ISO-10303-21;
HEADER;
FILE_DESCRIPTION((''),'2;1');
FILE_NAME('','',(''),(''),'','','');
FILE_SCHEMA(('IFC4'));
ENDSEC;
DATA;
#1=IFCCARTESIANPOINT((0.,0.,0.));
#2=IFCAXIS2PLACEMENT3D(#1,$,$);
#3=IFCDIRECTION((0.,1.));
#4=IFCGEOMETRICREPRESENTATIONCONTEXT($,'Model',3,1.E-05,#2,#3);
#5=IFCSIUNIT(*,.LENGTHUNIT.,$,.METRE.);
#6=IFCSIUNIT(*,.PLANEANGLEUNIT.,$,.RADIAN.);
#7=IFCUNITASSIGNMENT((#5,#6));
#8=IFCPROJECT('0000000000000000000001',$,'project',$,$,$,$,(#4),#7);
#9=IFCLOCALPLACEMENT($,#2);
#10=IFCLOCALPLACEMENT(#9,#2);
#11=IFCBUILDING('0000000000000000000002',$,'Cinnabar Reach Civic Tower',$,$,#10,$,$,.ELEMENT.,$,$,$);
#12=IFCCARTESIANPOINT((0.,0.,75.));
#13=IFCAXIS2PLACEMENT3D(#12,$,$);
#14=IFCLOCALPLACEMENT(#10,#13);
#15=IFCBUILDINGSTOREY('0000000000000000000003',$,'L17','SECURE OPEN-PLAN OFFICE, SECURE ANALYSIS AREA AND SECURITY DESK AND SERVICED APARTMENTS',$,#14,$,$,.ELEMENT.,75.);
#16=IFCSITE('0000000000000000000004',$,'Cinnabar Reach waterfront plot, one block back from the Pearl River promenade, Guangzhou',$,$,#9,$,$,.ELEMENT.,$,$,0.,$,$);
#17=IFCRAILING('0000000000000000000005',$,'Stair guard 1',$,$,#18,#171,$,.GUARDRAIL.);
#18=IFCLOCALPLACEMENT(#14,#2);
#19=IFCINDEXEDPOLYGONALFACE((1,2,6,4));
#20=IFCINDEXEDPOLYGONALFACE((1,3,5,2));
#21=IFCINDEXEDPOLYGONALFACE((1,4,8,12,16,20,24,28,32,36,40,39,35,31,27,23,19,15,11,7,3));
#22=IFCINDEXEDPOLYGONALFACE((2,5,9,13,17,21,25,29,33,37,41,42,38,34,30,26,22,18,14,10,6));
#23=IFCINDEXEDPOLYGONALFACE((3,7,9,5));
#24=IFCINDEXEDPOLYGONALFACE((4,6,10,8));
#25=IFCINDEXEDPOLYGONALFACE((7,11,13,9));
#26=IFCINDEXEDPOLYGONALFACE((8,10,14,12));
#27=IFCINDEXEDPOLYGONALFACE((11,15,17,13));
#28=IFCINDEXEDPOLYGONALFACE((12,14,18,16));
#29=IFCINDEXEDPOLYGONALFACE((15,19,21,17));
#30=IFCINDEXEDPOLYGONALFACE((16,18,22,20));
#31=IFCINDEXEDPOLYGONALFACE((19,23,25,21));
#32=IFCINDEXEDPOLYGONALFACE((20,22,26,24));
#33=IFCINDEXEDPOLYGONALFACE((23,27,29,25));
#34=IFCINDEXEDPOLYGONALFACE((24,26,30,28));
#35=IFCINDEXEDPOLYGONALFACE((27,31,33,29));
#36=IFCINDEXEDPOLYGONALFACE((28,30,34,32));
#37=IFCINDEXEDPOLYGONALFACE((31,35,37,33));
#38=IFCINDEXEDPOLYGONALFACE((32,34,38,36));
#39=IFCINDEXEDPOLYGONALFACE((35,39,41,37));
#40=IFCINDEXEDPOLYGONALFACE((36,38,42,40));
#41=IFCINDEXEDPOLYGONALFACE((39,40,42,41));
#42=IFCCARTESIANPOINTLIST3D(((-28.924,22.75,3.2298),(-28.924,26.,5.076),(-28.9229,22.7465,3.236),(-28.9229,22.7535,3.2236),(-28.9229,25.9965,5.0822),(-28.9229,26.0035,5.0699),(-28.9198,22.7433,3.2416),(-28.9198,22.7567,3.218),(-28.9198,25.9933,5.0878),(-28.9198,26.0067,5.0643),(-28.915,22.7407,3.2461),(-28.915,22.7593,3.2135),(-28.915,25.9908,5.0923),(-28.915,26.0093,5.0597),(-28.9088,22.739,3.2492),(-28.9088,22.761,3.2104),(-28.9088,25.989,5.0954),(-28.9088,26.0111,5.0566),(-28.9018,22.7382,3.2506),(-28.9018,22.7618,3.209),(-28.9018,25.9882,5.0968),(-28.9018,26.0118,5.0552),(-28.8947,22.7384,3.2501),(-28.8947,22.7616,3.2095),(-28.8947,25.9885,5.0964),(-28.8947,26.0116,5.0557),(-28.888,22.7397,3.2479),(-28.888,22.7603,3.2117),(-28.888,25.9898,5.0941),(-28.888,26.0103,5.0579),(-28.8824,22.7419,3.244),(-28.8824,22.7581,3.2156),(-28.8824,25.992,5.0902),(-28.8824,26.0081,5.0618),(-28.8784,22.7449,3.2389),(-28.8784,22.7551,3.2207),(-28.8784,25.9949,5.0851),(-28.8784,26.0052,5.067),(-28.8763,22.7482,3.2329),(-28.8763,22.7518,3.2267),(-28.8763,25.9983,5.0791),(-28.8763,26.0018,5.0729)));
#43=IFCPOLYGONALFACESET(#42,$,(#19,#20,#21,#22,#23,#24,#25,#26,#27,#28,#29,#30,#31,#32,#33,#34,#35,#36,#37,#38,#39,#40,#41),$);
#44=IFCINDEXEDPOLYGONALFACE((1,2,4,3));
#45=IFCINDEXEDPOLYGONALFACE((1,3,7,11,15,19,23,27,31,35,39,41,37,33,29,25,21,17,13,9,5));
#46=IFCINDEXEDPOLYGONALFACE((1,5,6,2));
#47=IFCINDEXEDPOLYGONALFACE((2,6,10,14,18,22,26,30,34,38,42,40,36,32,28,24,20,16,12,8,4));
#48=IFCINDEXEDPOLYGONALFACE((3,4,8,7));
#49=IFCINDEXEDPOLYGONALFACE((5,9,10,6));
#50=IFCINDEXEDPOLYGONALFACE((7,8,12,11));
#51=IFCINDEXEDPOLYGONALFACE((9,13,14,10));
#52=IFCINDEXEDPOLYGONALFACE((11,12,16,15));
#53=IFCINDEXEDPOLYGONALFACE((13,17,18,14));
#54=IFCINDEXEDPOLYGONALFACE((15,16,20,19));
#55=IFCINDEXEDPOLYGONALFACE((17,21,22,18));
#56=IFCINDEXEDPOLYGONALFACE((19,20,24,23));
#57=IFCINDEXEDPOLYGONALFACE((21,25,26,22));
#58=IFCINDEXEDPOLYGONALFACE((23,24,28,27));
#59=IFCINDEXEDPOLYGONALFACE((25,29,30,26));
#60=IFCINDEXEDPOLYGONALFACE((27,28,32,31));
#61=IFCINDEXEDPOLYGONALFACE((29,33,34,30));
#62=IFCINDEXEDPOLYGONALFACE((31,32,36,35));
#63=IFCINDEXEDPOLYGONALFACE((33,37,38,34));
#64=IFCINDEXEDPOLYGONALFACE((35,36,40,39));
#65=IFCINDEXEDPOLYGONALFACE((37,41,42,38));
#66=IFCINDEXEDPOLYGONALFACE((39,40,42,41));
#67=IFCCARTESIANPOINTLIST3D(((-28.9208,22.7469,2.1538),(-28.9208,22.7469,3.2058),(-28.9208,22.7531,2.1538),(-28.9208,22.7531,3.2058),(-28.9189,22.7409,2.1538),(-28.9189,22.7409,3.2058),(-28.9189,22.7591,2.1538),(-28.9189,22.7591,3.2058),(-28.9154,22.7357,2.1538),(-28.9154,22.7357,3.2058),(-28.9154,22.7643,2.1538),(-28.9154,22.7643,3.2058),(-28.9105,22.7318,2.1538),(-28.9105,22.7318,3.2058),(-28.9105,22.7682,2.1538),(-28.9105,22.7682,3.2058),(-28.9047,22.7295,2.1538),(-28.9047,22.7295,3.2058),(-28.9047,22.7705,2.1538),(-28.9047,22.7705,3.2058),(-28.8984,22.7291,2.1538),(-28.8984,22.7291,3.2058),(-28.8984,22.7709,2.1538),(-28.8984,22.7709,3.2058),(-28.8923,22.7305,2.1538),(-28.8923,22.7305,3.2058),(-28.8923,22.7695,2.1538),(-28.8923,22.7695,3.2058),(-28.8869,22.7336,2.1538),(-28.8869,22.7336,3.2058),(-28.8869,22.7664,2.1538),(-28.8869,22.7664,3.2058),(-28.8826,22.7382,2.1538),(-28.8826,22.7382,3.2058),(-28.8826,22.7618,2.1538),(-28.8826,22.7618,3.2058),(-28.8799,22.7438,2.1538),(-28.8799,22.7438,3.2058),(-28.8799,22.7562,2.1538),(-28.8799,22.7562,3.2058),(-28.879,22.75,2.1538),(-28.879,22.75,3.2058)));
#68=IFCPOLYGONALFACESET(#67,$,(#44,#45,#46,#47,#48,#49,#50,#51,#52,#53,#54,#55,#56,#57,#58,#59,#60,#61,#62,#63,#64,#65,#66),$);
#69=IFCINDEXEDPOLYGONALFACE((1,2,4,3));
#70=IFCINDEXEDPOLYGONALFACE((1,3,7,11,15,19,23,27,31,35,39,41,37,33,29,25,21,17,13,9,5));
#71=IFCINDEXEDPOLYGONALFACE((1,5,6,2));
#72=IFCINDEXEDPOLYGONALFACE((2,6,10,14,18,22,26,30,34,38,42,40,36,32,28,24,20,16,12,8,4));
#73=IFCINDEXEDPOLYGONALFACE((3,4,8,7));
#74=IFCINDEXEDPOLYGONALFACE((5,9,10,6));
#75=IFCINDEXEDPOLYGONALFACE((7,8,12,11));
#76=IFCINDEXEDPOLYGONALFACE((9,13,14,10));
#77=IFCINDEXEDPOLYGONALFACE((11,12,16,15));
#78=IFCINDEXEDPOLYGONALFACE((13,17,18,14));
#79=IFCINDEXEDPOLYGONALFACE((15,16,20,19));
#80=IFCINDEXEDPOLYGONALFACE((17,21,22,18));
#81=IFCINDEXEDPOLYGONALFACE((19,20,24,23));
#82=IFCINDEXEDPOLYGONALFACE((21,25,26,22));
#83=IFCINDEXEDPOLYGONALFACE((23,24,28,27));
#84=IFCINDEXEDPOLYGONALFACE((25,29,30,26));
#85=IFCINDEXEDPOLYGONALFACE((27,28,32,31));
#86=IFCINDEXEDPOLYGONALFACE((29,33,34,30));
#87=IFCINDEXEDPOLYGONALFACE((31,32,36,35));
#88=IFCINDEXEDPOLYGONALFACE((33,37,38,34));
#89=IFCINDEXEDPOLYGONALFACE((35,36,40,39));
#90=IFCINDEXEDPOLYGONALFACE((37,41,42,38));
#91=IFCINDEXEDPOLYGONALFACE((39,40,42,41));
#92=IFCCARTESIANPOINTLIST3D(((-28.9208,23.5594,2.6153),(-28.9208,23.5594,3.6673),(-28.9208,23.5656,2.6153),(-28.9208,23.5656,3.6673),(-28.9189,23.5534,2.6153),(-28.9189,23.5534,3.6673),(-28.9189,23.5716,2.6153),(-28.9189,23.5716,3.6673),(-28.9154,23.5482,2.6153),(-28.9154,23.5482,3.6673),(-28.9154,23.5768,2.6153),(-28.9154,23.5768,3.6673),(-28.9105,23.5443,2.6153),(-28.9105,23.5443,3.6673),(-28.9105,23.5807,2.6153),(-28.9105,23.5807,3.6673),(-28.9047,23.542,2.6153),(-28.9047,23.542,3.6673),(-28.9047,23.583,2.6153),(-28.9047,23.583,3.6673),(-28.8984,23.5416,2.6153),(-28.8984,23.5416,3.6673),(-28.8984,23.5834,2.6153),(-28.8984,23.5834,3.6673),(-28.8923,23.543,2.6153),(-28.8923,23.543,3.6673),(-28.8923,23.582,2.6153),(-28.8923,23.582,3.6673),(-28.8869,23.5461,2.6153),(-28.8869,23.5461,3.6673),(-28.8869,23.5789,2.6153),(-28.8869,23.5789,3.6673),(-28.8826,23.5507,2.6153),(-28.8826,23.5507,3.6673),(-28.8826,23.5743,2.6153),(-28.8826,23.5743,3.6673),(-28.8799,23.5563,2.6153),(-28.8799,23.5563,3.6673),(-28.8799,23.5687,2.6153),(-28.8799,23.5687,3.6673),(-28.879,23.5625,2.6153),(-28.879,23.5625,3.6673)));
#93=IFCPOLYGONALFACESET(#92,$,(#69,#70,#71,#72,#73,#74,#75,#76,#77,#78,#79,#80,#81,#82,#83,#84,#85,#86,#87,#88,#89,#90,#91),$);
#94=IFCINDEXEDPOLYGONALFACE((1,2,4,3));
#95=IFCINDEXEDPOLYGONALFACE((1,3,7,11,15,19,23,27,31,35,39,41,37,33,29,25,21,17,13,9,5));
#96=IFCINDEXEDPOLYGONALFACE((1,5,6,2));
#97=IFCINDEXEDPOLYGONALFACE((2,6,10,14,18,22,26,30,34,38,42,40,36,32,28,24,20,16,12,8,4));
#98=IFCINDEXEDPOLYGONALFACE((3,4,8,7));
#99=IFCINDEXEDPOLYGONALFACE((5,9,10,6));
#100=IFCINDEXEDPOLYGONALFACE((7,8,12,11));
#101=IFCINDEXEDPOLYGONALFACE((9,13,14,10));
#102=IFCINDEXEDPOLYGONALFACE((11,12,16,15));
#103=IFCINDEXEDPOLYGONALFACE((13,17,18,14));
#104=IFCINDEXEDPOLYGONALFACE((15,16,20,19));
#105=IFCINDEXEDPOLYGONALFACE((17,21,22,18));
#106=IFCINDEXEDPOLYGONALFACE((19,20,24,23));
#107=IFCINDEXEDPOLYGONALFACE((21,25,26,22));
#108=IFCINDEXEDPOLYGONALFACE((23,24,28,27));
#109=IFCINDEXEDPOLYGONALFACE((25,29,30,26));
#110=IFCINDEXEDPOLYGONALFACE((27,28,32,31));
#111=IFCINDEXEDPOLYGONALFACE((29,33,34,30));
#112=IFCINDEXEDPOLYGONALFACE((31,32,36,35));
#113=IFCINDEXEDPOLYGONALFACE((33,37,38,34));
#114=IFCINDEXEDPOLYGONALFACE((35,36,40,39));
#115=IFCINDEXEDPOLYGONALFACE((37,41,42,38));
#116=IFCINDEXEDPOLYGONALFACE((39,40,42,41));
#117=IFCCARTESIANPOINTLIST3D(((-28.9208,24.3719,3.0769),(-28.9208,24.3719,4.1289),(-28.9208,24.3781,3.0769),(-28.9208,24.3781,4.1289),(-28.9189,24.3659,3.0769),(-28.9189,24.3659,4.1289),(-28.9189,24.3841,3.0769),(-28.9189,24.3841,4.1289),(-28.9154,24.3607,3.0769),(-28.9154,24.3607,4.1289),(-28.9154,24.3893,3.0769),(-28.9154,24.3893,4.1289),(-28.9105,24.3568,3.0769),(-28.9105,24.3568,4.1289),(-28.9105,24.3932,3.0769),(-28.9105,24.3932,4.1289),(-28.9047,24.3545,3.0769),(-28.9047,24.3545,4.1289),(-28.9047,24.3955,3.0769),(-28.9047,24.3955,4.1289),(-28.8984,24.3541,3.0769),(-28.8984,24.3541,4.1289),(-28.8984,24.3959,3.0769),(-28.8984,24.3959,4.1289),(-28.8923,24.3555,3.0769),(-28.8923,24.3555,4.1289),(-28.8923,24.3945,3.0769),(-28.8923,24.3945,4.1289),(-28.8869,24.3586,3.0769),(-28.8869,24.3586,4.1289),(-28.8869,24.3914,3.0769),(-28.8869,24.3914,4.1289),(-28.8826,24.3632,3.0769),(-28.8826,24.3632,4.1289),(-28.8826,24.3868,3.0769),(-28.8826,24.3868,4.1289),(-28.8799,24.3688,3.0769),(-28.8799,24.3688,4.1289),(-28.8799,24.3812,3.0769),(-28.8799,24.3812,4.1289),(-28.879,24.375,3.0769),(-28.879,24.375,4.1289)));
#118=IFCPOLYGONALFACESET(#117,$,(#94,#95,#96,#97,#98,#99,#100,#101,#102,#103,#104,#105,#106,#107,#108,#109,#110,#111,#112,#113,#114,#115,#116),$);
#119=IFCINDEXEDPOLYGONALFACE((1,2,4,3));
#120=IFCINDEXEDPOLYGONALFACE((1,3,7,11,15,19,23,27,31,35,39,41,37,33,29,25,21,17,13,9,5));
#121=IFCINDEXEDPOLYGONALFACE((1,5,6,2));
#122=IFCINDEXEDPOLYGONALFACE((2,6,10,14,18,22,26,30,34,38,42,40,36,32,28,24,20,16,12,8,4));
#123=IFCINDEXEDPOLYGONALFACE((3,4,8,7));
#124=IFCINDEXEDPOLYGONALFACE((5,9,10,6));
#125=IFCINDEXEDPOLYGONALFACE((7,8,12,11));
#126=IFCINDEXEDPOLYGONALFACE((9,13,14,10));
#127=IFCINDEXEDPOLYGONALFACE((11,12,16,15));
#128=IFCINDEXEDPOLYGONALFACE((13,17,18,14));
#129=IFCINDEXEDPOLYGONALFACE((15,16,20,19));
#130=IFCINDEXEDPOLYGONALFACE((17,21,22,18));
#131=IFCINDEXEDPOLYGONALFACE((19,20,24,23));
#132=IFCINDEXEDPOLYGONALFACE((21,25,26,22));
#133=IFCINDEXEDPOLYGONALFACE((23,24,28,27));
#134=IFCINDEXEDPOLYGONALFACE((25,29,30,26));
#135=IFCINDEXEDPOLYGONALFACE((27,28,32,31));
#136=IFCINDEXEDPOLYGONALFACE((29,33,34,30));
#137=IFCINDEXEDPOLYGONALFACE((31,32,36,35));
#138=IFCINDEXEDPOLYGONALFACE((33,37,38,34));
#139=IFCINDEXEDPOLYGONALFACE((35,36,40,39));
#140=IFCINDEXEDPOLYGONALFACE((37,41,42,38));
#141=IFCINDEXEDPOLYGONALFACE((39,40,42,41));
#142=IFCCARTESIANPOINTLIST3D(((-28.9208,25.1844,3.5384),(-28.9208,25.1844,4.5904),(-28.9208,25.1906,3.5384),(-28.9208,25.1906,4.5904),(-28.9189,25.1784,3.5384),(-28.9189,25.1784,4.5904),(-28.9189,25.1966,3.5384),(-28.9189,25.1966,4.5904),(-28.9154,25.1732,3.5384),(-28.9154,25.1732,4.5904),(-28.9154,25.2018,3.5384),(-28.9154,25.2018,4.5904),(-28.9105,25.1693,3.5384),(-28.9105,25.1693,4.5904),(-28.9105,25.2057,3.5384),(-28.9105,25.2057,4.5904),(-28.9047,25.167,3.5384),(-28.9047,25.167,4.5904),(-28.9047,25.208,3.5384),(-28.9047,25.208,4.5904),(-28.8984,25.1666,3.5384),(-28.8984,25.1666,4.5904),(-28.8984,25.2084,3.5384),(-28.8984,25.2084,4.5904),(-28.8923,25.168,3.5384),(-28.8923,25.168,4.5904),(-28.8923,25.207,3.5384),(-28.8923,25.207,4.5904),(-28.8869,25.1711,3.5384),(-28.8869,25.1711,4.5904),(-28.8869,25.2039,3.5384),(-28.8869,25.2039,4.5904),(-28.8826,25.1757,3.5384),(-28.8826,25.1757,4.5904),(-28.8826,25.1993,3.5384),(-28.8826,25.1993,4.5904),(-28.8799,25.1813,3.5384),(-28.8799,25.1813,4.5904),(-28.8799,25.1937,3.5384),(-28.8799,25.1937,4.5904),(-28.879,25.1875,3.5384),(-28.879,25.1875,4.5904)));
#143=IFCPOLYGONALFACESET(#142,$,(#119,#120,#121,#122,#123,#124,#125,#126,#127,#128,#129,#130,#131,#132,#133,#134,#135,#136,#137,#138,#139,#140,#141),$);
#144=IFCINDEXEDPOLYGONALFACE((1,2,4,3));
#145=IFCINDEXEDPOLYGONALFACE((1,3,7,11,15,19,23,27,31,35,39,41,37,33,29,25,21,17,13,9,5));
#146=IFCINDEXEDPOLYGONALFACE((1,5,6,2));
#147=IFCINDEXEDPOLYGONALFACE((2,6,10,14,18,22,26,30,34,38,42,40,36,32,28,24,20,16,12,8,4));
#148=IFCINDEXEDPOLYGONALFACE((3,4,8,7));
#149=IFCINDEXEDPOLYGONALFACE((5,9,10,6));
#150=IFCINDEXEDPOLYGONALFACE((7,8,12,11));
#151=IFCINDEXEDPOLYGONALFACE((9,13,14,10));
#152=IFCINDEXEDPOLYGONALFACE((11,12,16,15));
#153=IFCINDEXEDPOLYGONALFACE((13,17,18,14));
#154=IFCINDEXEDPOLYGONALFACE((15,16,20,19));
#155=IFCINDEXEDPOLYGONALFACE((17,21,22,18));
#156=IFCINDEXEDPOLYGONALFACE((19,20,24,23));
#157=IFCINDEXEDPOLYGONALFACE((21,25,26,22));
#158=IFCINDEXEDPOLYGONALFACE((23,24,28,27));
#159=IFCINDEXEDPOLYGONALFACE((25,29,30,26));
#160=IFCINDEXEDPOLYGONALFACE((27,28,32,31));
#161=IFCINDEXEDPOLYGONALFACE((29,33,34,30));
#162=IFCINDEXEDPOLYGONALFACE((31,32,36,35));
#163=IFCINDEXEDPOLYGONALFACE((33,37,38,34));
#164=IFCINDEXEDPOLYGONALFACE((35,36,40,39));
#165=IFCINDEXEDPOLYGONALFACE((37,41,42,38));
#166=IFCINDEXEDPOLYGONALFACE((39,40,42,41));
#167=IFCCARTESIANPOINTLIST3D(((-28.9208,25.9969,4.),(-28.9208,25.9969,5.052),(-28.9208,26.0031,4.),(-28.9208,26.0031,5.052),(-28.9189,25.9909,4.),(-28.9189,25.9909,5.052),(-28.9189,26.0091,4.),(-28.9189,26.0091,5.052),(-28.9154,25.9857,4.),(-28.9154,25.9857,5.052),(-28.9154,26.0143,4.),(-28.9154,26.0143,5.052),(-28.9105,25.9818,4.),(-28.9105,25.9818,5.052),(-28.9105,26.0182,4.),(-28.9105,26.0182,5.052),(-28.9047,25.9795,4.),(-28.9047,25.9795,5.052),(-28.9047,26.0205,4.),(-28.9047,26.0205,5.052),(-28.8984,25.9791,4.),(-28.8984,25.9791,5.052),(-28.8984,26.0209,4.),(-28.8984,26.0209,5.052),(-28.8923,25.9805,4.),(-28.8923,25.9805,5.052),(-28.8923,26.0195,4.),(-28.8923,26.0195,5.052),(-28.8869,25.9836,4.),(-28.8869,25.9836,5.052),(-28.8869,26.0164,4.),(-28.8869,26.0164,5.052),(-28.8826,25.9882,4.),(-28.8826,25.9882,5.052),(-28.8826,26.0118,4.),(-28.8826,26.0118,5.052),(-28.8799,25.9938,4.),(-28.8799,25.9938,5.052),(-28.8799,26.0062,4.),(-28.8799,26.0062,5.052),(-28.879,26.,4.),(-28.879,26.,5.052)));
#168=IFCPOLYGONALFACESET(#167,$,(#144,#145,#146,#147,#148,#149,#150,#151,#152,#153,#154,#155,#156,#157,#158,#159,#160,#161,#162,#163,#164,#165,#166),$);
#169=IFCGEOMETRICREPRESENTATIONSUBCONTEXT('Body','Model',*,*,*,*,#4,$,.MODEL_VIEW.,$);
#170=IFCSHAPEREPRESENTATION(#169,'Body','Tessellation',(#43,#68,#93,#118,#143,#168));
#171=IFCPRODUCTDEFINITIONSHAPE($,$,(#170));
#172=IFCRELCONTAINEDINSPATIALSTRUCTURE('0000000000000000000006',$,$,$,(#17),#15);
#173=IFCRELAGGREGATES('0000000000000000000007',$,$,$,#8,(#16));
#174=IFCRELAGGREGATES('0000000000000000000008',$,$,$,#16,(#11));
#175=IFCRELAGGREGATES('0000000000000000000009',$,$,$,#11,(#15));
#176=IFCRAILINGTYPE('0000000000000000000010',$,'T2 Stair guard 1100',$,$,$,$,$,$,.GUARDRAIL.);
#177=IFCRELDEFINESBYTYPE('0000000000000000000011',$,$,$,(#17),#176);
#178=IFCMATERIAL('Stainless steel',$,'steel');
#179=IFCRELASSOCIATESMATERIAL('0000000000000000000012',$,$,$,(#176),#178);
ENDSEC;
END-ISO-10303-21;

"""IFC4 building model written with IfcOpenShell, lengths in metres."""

from ifc_helpers import new_model, si_unit, direction, frame, origin, origin_2d, place, context, subcontext, project, spatial, circle, extrude, material, type_object, element, save


model = new_model("IFC4")

# Units and contexts
model_context = context("Model", 3, precision=1e-05, world=origin(), true_north=direction((0.0, 1.0)))
body_context = subcontext(model_context, "Body", "Model", "MODEL_VIEW")
ifc_project = project(units=[si_unit("LENGTHUNIT", "METRE"), si_unit("PLANEANGLEUNIT", "RADIAN")], contexts=[model_context])

# Site, building, storey
site_placement = place(None, origin())
site = spatial("IfcSite", under=ifc_project, at=site_placement, Name="Cinnabar Reach waterfront plot, one block back from the Pearl River promenade, Guangzhou", CompositionType="ELEMENT", RefElevation=0.0)
building_placement = place(site_placement, origin())
building = spatial("IfcBuilding", under=site, at=building_placement, Name="Cinnabar Reach Civic Tower", CompositionType="ELEMENT")
storey_placement = place(building_placement, frame((0.0, 0.0, 75.0)))
storey = spatial("IfcBuildingStorey", under=building, at=storey_placement, Name="L17", Description="SECURE OPEN-PLAN OFFICE, SECURE ANALYSIS AREA AND SECURITY DESK AND SERVICED APARTMENTS", CompositionType="ELEMENT", Elevation=75.0)

# Railing
ifc_material_1 = material(Name="Stainless steel", Category="steel")
railing_type = type_object("IfcRailingType", Name="T2 Stair guard 1100", PredefinedType="GUARDRAIL", material=ifc_material_1)
railing_placement = place(storey_placement, frame((-28.9, 22.75, 2.1538)))
element("IfcRailing", 1, at=railing_placement, inside=storey, type_object=railing_type, Name="Stair guard 1", PredefinedType="GUARDRAIL", context=body_context, shape_type="SweptSolid", body=[
    extrude(circle(Radius=0.024, at=origin_2d()), frame((0.0, 0.0, 1.076), z_axis=(0.0, 0.869501, 0.49393), x_axis=(-1.0, 0.0, 0.0)), (0.0, 0.0, 1.0), 3.7378),
    extrude(circle(Radius=0.021, at=origin_2d()), origin(), (0.0, 0.0, 1.0), 1.052),
    extrude(circle(Radius=0.021, at=origin_2d()), frame((0.0, 0.8125, 0.4615)), (0.0, 0.0, 1.0), 1.052),
    extrude(circle(Radius=0.021, at=origin_2d()), frame((0.0, 1.625, 0.9231)), (0.0, 0.0, 1.0), 1.052),
    extrude(circle(Radius=0.021, at=origin_2d()), frame((0.0, 2.4375, 1.3846)), (0.0, 0.0, 1.0), 1.052),
    extrude(circle(Radius=0.021, at=origin_2d()), frame((0.0, 3.25, 1.8462)), (0.0, 0.0, 1.0), 1.052),
])

save(model, "model.ifc")
